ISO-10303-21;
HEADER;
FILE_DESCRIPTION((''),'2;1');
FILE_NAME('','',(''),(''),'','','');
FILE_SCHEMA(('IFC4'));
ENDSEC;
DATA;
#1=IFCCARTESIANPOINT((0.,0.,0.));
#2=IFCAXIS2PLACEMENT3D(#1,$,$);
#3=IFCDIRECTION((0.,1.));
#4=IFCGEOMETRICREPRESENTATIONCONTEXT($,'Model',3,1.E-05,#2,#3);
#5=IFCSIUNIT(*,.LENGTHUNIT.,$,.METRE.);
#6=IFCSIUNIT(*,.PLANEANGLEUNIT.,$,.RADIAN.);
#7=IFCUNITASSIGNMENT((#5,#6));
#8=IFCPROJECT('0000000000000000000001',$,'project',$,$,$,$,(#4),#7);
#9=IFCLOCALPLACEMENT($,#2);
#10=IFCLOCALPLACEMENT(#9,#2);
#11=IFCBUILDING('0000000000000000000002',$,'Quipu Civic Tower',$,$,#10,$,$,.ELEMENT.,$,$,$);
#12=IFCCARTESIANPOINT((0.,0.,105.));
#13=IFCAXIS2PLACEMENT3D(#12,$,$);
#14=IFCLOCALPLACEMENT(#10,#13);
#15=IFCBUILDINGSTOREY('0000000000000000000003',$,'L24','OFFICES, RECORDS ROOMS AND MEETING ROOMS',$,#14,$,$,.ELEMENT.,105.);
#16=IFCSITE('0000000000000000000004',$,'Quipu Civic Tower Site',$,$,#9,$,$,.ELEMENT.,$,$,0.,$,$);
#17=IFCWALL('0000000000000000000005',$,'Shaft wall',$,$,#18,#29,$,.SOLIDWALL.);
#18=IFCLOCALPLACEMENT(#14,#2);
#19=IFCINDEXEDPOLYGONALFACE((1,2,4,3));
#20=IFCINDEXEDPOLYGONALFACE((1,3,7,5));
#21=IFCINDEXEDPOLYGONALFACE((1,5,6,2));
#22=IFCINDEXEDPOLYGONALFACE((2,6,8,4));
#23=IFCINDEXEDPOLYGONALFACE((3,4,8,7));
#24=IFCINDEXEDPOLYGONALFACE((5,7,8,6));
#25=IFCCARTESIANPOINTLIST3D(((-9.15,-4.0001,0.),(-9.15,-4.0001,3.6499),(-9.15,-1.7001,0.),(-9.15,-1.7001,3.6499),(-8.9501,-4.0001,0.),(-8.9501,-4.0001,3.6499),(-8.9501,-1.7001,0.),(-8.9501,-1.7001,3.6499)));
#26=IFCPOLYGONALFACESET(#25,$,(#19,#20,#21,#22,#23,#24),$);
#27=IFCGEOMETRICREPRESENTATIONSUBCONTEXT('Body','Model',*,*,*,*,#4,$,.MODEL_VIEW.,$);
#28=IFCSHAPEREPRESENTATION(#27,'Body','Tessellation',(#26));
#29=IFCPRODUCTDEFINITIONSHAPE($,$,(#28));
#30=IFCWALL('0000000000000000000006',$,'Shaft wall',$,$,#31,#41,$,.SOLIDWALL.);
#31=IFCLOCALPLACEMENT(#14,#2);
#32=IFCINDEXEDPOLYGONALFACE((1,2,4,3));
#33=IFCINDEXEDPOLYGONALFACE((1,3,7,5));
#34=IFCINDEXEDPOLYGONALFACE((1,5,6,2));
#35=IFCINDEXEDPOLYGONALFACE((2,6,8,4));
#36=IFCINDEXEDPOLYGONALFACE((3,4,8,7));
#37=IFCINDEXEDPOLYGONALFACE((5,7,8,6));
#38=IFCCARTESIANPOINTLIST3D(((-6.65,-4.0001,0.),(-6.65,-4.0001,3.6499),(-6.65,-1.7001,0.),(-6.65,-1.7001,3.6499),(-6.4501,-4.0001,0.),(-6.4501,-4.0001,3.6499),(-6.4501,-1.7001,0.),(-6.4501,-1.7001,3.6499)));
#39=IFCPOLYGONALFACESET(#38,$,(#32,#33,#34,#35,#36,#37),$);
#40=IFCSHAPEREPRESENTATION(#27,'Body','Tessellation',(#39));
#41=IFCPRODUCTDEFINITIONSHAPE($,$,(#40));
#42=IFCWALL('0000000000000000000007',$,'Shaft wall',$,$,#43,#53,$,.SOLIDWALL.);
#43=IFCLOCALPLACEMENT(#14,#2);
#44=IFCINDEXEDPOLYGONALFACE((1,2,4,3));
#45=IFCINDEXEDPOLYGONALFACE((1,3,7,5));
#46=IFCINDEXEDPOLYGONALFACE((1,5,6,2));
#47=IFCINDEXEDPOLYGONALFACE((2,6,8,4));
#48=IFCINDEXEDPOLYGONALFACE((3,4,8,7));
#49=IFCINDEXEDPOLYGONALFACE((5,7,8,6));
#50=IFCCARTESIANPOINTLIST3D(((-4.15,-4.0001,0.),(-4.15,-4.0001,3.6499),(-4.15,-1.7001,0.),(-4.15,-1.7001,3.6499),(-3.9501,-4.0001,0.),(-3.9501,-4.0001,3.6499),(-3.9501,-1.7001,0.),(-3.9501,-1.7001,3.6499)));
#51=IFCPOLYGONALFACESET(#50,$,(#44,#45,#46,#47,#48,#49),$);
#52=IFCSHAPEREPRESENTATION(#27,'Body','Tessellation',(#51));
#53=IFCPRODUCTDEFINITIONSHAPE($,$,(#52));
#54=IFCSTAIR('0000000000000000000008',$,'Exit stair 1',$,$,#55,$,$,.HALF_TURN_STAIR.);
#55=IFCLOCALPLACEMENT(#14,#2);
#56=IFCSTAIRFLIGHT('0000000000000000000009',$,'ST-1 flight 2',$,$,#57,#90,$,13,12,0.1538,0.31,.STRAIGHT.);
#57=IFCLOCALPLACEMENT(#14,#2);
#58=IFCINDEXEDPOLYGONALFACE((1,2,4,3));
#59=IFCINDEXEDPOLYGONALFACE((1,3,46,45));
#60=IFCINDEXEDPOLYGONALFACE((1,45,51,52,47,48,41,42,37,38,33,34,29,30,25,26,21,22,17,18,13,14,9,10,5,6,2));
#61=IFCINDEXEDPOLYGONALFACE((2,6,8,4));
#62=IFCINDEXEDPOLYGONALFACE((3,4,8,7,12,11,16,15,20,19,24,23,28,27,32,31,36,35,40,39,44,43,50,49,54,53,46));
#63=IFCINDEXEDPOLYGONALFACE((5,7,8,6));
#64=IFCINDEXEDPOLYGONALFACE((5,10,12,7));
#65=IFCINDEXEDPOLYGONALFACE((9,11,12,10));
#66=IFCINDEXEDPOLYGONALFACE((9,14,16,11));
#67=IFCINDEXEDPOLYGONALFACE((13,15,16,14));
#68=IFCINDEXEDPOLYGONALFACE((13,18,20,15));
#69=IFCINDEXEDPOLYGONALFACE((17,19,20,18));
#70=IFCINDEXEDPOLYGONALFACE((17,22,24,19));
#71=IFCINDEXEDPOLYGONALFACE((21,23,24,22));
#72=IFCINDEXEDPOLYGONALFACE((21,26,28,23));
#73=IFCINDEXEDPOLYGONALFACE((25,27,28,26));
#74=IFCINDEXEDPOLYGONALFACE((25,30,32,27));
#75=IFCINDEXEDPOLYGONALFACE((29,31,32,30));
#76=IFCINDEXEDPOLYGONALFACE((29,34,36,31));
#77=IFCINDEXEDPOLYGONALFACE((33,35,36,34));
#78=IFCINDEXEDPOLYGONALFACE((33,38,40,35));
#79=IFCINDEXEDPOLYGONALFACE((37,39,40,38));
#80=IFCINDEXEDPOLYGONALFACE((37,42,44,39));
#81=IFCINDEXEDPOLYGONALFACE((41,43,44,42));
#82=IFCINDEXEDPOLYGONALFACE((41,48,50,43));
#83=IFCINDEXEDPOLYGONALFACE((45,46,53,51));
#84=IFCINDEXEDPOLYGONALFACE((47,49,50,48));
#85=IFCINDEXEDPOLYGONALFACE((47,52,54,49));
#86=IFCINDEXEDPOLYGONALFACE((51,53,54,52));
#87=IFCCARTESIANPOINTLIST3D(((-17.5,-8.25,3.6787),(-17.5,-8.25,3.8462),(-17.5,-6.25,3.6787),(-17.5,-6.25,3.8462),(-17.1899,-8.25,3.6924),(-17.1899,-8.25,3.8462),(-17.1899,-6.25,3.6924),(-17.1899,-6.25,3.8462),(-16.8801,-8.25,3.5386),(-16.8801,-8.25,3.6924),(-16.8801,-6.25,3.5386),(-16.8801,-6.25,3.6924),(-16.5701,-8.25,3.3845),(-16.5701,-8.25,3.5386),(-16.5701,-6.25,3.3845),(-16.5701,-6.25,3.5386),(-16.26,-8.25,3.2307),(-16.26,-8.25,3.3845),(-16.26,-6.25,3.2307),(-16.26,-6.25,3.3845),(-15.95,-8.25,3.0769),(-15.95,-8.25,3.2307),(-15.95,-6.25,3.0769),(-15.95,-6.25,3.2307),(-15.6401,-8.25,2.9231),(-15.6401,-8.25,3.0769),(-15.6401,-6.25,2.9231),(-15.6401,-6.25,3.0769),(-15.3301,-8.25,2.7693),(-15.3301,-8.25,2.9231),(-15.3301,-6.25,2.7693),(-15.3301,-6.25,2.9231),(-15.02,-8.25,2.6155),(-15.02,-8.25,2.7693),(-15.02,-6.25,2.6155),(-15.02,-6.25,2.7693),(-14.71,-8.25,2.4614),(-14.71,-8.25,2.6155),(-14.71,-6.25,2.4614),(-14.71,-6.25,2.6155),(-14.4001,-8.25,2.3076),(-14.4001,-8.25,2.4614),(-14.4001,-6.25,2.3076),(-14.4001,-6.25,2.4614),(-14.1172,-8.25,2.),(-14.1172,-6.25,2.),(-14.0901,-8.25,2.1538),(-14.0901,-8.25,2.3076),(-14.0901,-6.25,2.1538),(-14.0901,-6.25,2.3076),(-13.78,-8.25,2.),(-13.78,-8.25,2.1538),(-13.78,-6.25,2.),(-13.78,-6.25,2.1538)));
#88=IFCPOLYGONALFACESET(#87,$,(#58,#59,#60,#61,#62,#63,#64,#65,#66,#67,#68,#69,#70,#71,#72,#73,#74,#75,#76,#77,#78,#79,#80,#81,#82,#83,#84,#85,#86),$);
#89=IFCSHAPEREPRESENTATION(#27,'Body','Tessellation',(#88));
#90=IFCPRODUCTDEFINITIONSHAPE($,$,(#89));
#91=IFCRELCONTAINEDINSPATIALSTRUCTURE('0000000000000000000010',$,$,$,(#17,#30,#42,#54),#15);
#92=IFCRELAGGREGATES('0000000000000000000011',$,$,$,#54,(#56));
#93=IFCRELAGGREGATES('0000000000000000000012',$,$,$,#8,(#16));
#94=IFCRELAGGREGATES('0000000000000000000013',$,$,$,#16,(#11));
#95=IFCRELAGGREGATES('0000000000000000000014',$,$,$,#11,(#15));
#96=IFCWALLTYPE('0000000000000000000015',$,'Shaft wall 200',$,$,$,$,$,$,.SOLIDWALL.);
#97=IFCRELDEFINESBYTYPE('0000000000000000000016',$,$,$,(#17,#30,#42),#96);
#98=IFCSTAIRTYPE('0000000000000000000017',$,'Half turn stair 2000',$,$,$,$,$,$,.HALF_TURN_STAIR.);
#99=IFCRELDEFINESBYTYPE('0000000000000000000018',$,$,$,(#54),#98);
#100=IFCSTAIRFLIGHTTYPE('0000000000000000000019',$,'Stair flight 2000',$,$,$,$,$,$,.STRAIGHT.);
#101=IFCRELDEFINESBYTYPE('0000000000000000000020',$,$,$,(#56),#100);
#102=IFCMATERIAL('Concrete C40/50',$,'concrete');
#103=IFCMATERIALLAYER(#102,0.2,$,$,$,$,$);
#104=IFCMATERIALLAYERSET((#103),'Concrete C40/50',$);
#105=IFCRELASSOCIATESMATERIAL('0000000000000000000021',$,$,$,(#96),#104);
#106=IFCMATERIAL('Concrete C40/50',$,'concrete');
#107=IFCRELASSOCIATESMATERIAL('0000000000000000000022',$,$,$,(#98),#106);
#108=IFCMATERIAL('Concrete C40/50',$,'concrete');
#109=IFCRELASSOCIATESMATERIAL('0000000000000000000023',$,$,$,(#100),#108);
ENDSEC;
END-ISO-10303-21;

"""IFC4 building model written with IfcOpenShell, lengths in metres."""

from ifc_helpers import new_model, si_unit, direction, frame, frame_2d, origin, place, context, subcontext, project, spatial, polyline, rectangle, outline, extrude, material, layer, layer_set, type_object, element, aggregate, save


model = new_model("IFC4")

# Units and contexts
model_context = context("Model", 3, precision=1e-05, world=origin(), true_north=direction((0.0, 1.0)))
body_context = subcontext(model_context, "Body", "Model", "MODEL_VIEW")
ifc_project = project(units=[si_unit("LENGTHUNIT", "METRE"), si_unit("PLANEANGLEUNIT", "RADIAN")], contexts=[model_context])

# Site, building, storey
site_placement = place(None, origin())
site = spatial("IfcSite", under=ifc_project, at=site_placement, Name="Quipu Civic Tower Site", CompositionType="ELEMENT", RefElevation=0.0)
building_placement = place(site_placement, origin())
building = spatial("IfcBuilding", under=site, at=building_placement, Name="Quipu Civic Tower", CompositionType="ELEMENT")
storey_placement = place(building_placement, frame((0.0, 0.0, 105.0)))
storey = spatial("IfcBuildingStorey", under=building, at=storey_placement, Name="L24", Description="OFFICES, RECORDS ROOMS AND MEETING ROOMS", CompositionType="ELEMENT", Elevation=105.0)

# Walls
ifc_material_1 = material(Name="Concrete C40/50", Category="concrete")
ifc_layer_1 = layer(ifc_material_1, 0.2)
ifc_layer_set_1 = layer_set([ifc_layer_1], Name="Concrete C40/50")
wall_type_1 = type_object("IfcWallType", Name="Shaft wall 200", PredefinedType="SOLIDWALL", material=ifc_layer_set_1)
for number, where, z_axis, x_axis, name in (
    (1, (-9.05, -4.0, 0.0), (0.0, 0.0, 1.0), (0.0, 1.0, 0.0), "Shaft wall"),
    (2, (-6.55, -4.0, 0.0), (0.0, 0.0, 1.0), (0.0, 1.0, 0.0), "Shaft wall"),
    (3, (-4.05, -4.0, 0.0), (0.0, 0.0, 1.0), (0.0, 1.0, 0.0), "Shaft wall"),
):
    element("IfcWall", number, at=place(storey_placement, frame(where, z_axis=z_axis, x_axis=x_axis)), inside=storey, type_object=wall_type_1, Name=name, PredefinedType="SOLIDWALL", context=body_context, shape_type="SweptSolid", body=[
        extrude(rectangle(XDim=2.3, YDim=0.2, at=frame_2d((1.1499, 0.0))), origin(), (0.0, 0.0, 1.0), 3.6499),
    ])

# Stair, stair flight
ifc_material_2 = material(Name="Concrete C40/50", Category="concrete")
stair_type = type_object("IfcStairType", Name="Half turn stair 2000", PredefinedType="HALF_TURN_STAIR", material=ifc_material_2)
stair_placement = place(storey_placement, origin())
stair = element("IfcStair", 4, at=stair_placement, inside=storey, type_object=stair_type, Name="Exit stair 1", PredefinedType="HALF_TURN_STAIR")
ifc_material_3 = material(Name="Concrete C40/50", Category="concrete")
stair_flight_type = type_object("IfcStairFlightType", Name="Stair flight 2000", PredefinedType="STRAIGHT", material=ifc_material_3)
stair_flight_placement = place(storey_placement, frame((-13.78, -7.25, 2.0), z_axis=(0.0, 0.0, 1.0), x_axis=(-1.0, 0.0, 0.0)))
stair_flight = element("IfcStairFlight", 5, at=stair_flight_placement, type_object=stair_flight_type, Name="ST-1 flight 2", NumberOfRisers=13, NumberOfTreads=12, PredefinedType="STRAIGHT", RiserHeight=0.1538, TreadLength=0.31, context=body_context, shape_type="SweptSolid", body=[
    extrude(outline(polyline([(0.0, 0.0), (0.0, 0.1538), (0.3101, 0.1538), (0.3101, 0.3076), (0.6201, 0.3076), (0.6201, 0.4614), (0.9299, 0.4614), (0.9299, 0.6155), (1.24, 0.6155), (1.24, 0.7693), (1.55, 0.7693), (1.55, 0.9231), (1.8601, 0.9231), (1.8601, 1.0769), (2.1699, 1.0769), (2.1699, 1.2307), (2.48, 1.2307), (2.48, 1.3845), (2.79, 1.3845), (2.79, 1.5386), (3.1001, 1.5386), (3.1001, 1.6924), (3.4099, 1.6924), (3.4099, 1.8462), (3.72, 1.8462), (3.72, 2.0), (3.72, 1.6787), (0.3372, 0.0), (0.0, 0.0)])), frame((0.0, 1.0, 0.0), z_axis=(0.0, -1.0, 0.0), x_axis=(1.0, 0.0, 0.0)), (0.0, 0.0, 1.0), 2.0),
])
aggregate(stair, [stair_flight])

save(model, "model.ifc")
